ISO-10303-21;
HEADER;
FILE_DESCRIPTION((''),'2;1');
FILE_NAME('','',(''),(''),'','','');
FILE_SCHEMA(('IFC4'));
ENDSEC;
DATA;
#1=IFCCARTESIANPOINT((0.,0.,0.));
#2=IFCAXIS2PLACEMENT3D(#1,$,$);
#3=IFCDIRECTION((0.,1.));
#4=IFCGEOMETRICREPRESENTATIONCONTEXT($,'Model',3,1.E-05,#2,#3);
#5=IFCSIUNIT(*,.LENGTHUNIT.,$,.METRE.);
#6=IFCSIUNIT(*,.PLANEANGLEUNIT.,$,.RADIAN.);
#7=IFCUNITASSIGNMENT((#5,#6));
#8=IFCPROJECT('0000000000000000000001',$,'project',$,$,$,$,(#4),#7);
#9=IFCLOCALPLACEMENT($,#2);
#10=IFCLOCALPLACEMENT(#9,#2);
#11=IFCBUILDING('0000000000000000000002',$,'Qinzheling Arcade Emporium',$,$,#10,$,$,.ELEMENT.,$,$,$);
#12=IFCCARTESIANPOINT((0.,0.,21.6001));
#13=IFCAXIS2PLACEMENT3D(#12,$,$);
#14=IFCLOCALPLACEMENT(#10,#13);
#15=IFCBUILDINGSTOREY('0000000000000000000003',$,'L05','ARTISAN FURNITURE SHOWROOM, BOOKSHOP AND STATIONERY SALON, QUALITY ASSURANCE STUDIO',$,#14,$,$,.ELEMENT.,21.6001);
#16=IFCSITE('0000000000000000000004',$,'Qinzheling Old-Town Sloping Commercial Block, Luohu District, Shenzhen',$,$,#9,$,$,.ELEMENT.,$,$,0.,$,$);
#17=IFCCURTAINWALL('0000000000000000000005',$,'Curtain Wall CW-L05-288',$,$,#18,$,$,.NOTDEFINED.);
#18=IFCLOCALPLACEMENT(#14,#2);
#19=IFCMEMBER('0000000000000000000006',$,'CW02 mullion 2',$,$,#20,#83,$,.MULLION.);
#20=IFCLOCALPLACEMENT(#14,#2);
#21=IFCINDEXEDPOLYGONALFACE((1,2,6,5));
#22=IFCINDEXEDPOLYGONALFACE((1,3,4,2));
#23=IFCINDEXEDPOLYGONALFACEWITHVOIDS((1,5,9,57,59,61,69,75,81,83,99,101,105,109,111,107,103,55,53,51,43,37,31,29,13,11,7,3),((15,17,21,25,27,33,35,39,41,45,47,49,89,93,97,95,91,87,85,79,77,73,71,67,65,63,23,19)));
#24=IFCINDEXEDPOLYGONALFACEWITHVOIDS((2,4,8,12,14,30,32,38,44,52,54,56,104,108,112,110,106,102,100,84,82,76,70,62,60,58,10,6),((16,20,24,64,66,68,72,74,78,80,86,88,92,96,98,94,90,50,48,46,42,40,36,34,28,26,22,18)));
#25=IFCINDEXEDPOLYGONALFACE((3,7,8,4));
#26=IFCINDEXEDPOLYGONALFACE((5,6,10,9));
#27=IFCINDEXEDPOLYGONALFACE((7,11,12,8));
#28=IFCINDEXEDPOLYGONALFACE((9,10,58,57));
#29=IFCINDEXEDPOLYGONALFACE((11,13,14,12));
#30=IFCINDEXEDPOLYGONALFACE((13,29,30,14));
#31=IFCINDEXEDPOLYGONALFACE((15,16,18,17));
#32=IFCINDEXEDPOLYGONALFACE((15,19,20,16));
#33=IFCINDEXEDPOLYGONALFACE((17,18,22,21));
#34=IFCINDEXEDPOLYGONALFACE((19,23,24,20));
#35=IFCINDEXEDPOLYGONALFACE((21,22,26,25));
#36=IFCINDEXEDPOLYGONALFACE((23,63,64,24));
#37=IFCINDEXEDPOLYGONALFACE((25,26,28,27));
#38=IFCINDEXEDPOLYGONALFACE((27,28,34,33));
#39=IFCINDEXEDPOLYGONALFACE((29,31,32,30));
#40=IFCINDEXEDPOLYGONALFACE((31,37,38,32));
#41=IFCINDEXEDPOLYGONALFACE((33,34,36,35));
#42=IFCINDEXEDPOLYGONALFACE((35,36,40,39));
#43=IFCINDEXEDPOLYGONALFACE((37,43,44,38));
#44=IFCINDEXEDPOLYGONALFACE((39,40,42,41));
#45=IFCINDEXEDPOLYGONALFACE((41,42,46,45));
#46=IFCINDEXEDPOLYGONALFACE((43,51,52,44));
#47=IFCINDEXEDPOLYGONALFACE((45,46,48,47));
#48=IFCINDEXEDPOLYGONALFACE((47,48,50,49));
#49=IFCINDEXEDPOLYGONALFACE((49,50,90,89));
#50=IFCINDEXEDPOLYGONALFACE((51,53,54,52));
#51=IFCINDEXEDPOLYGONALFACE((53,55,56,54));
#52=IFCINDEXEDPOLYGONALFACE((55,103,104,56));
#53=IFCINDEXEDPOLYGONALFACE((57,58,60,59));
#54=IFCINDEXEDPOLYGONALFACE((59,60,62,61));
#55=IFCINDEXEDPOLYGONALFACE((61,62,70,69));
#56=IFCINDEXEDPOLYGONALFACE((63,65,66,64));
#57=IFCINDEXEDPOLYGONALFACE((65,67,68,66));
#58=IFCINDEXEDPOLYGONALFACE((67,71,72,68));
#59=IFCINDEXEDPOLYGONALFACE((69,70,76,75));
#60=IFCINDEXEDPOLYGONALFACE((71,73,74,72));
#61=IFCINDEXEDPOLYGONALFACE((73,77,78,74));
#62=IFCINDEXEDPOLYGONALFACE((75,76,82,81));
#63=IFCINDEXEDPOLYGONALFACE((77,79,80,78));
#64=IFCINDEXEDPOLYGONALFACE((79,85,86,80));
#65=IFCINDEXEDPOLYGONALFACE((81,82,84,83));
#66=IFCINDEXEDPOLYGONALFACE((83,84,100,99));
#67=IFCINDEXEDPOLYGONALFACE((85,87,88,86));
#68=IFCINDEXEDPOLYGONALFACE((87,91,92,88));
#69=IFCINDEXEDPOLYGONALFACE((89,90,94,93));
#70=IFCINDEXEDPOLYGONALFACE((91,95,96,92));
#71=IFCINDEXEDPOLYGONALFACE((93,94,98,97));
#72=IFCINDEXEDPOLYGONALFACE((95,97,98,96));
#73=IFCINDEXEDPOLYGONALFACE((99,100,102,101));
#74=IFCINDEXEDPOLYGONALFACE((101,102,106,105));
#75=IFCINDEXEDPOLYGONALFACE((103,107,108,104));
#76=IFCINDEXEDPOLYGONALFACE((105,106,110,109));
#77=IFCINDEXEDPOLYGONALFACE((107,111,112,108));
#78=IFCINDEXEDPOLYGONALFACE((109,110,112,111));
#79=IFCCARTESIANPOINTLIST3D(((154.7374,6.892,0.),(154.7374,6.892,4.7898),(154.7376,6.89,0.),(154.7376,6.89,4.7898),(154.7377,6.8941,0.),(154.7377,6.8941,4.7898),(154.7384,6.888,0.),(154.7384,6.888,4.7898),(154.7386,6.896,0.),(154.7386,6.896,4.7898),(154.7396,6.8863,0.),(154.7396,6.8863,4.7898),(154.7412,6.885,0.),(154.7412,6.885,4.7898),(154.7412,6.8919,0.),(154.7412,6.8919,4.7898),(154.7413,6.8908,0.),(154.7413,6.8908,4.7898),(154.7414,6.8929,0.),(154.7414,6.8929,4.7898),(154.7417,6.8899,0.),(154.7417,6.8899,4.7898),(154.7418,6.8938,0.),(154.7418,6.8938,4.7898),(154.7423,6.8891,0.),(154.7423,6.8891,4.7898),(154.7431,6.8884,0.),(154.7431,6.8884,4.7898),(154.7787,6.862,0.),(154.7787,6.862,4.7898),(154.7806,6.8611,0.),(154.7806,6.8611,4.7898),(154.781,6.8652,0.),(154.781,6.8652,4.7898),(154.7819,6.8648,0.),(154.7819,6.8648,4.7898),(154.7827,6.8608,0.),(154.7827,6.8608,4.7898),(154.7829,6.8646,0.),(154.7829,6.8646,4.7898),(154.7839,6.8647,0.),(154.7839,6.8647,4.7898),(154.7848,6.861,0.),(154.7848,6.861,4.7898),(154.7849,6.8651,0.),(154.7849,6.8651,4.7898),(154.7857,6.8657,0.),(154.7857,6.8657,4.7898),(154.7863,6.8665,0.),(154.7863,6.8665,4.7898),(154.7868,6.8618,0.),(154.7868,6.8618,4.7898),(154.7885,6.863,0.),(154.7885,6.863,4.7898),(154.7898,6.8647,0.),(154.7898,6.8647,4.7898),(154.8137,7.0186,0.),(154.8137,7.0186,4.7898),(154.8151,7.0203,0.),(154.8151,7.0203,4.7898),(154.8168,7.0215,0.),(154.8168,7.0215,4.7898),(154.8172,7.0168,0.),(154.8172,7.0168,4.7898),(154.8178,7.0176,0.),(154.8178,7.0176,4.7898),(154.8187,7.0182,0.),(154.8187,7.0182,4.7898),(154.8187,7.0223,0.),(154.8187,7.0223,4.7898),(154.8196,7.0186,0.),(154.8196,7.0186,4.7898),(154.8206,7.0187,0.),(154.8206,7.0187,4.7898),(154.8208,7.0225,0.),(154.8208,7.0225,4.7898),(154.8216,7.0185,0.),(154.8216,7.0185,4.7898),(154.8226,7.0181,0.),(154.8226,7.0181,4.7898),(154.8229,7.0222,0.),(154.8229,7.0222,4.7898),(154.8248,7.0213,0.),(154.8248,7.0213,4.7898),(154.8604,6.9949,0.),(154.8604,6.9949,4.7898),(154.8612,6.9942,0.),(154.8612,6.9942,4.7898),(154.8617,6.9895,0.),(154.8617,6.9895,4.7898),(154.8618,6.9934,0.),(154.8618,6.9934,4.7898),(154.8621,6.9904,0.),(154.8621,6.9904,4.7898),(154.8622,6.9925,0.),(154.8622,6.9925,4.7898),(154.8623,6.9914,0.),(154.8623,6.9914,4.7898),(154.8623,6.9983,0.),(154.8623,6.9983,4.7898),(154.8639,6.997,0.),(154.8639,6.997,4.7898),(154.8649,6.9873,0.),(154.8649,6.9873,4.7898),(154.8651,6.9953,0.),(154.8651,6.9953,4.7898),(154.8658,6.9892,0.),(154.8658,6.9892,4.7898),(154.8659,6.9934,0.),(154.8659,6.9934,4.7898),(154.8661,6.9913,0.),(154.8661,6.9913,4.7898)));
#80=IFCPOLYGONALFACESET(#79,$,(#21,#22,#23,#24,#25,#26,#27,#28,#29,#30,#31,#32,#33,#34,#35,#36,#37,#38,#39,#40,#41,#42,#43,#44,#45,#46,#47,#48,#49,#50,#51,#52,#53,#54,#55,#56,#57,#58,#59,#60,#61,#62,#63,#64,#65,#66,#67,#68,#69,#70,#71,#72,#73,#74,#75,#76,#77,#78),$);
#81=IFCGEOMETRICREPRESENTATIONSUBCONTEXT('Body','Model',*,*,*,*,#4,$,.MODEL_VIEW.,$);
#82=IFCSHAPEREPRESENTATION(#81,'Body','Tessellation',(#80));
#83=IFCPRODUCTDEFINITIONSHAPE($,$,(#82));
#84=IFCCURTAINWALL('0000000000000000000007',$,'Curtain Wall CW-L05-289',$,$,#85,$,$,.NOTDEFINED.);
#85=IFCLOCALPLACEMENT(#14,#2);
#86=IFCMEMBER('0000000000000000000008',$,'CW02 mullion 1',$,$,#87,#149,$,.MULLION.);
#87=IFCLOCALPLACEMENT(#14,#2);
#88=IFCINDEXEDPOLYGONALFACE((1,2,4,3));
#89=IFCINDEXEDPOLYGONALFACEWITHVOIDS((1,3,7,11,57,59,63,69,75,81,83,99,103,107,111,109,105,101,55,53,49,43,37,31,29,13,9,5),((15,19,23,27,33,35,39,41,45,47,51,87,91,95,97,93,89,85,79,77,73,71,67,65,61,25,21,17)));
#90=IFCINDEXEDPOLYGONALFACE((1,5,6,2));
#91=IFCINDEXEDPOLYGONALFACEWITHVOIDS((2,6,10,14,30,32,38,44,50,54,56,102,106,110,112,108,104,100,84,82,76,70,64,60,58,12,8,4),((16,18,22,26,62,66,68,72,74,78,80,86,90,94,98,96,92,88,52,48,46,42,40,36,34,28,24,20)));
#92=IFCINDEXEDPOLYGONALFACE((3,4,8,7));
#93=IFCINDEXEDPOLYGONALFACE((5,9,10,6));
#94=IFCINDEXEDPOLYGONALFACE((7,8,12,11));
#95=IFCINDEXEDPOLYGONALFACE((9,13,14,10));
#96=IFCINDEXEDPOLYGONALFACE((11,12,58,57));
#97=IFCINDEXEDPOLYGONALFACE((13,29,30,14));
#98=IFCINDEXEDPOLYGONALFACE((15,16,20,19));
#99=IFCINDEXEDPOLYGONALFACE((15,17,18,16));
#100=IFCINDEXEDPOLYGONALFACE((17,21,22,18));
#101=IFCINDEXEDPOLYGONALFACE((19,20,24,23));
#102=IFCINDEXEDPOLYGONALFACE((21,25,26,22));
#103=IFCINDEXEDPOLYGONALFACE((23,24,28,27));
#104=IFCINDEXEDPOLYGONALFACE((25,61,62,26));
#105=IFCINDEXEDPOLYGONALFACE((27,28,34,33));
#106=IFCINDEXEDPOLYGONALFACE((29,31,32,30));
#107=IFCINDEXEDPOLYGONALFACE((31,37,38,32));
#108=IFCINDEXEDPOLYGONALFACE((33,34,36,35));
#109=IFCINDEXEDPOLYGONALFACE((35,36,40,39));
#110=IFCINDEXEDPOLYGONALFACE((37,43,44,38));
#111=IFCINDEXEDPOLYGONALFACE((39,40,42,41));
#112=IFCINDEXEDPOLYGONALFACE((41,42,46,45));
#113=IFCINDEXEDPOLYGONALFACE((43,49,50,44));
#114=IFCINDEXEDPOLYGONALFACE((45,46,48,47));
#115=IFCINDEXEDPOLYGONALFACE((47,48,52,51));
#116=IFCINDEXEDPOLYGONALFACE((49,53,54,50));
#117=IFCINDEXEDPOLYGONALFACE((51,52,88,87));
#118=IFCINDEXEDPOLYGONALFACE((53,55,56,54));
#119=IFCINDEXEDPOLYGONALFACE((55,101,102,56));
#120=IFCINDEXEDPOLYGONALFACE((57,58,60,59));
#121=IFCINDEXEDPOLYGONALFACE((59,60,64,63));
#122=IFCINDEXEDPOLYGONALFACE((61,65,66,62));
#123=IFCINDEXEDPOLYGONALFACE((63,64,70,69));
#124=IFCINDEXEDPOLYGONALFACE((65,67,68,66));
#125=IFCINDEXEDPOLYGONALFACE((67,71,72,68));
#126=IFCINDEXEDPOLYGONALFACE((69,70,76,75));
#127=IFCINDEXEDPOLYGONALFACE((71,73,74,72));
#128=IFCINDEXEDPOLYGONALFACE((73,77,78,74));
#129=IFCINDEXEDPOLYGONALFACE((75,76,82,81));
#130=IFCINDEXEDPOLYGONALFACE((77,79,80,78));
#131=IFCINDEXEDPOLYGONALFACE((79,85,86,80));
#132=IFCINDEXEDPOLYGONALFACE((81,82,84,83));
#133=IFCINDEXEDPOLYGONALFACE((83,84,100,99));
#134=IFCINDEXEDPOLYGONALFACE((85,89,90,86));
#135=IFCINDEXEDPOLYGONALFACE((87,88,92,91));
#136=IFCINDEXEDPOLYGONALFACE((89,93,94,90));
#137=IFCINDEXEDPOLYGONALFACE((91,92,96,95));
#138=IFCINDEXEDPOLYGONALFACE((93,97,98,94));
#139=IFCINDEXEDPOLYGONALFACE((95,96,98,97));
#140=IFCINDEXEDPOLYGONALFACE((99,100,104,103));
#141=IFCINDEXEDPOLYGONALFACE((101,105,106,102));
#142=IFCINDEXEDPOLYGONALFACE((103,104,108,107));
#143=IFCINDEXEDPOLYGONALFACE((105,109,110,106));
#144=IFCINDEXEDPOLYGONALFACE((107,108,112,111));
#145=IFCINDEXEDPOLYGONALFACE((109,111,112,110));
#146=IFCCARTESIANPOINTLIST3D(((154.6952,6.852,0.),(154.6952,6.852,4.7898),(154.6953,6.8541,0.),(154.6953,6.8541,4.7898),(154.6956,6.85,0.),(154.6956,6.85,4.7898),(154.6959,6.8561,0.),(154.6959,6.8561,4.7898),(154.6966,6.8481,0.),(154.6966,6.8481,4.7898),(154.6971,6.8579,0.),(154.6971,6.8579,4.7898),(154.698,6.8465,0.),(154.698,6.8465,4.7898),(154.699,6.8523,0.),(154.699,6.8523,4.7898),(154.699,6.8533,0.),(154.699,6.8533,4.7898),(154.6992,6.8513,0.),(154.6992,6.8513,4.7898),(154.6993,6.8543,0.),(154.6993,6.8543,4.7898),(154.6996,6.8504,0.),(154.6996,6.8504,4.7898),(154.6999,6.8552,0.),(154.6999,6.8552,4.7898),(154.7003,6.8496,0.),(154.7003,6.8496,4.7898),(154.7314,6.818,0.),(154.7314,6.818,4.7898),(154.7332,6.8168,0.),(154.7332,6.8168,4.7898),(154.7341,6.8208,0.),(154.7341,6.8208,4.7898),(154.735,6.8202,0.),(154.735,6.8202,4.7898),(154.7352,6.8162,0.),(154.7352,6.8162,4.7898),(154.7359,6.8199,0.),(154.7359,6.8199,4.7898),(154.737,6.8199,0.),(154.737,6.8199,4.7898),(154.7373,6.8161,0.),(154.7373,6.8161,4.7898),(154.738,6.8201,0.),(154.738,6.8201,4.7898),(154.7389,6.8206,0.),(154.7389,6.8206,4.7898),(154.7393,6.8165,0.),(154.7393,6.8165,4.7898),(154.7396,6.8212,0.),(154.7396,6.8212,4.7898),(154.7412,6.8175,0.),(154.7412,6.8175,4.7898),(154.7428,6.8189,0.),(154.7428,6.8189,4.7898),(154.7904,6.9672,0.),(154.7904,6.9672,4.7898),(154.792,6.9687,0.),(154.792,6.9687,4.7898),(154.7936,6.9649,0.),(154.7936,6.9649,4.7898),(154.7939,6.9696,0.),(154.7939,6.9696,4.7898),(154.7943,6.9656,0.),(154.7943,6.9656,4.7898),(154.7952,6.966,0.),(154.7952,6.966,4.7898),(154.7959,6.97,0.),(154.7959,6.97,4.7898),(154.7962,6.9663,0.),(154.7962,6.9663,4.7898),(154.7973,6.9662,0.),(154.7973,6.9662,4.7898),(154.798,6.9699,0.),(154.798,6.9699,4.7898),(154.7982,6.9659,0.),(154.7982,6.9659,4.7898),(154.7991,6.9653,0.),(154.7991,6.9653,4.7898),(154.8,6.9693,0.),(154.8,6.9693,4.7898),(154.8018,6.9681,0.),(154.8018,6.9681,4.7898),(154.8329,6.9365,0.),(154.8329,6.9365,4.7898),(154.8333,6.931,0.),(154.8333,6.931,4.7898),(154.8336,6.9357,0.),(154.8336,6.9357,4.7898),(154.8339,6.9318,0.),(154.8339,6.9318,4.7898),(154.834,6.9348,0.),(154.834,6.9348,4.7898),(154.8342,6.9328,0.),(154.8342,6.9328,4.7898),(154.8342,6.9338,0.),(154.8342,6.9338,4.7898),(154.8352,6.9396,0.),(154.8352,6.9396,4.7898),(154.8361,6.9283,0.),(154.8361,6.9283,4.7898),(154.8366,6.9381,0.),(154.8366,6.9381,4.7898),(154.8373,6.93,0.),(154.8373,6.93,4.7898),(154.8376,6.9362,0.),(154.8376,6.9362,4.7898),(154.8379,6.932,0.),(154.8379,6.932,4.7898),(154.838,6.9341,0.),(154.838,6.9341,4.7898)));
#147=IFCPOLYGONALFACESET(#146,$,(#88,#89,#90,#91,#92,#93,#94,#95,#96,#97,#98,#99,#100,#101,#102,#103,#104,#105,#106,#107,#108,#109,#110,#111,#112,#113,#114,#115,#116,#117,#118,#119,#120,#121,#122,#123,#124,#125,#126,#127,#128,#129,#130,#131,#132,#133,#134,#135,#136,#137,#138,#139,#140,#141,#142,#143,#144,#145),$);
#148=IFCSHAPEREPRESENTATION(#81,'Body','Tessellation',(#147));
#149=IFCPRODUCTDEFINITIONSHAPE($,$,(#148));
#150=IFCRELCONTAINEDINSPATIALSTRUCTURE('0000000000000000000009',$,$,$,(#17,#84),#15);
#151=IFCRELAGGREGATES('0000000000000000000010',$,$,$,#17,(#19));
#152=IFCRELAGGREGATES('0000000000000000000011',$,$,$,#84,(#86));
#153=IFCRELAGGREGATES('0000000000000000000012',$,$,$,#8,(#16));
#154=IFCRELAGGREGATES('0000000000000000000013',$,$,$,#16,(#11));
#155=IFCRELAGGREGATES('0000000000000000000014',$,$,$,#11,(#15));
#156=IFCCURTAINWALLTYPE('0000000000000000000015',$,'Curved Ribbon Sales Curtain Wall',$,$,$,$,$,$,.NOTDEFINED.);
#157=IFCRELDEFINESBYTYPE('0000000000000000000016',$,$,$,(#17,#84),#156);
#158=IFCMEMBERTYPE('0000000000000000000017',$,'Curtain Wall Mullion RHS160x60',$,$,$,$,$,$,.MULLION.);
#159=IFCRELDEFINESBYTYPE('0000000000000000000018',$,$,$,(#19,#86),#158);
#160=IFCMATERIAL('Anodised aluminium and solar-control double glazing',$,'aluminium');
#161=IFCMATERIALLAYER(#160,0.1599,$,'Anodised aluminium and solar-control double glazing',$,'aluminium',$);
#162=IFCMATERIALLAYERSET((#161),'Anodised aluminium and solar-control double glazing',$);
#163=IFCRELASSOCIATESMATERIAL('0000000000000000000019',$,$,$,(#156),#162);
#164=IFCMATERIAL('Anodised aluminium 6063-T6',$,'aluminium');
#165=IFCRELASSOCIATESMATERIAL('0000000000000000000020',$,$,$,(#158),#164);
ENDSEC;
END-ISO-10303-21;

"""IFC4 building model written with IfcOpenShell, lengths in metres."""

from ifc_helpers import new_model, si_unit, direction, frame, origin, origin_2d, place, context, subcontext, project, spatial, hollow_rectangle, extrude, material, layer, layer_set, material_profile, profile_set, type_object, element, aggregate, save


model = new_model("IFC4")

# Units and contexts
model_context = context("Model", 3, precision=1e-05, world=origin(), true_north=direction((0.0, 1.0)))
body_context = subcontext(model_context, "Body", "Model", "MODEL_VIEW")
ifc_project = project(units=[si_unit("LENGTHUNIT", "METRE"), si_unit("PLANEANGLEUNIT", "RADIAN")], contexts=[model_context])

# Site, building, storey
site_placement = place(None, origin())
site = spatial("IfcSite", under=ifc_project, at=site_placement, Name="Qinzheling Old-Town Sloping Commercial Block, Luohu District, Shenzhen", CompositionType="ELEMENT", RefElevation=0.0)
building_placement = place(site_placement, origin())
building = spatial("IfcBuilding", under=site, at=building_placement, Name="Qinzheling Arcade Emporium", CompositionType="ELEMENT")
storey_placement = place(building_placement, frame((0.0, 0.0, 21.6001)))
storey = spatial("IfcBuildingStorey", under=building, at=storey_placement, Name="L05", Description="ARTISAN FURNITURE SHOWROOM, BOOKSHOP AND STATIONERY SALON, QUALITY ASSURANCE STUDIO", CompositionType="ELEMENT", Elevation=21.6001)

# Shared definitions
ifc_material_1 = material(Name="Anodised aluminium and solar-control double glazing", Category="aluminium")
ifc_layer_1 = layer(ifc_material_1, 0.1599, Name="Anodised aluminium and solar-control double glazing", Category="aluminium")
ifc_layer_set_1 = layer_set([ifc_layer_1], Name="Anodised aluminium and solar-control double glazing")
curtain_wall_type = type_object("IfcCurtainWallType", Name="Curved Ribbon Sales Curtain Wall", PredefinedType="NOTDEFINED", material=ifc_layer_set_1)
ifc_material_2 = material(Name="Anodised aluminium 6063-T6", Category="aluminium")
ifc_material_profile_1 = material_profile(ifc_material_2, hollow_rectangle(XDim=0.0601, YDim=0.1599, WallThickness=0.0039, InnerFilletRadius=0.0039, OuterFilletRadius=0.0081, at=origin_2d()), Name="RHS 160x60x4", Category="aluminium")
ifc_profile_set_1 = profile_set([ifc_material_profile_1], Name="Anodised aluminium 6063-T6")
member_type_1 = type_object("IfcMemberType", Name="Curtain Wall Mullion RHS160x60", PredefinedType="MULLION", material=ifc_profile_set_1)

# Curtain walls, members
curtain_wall_1_placement = place(storey_placement, origin())
curtain_wall_1 = element("IfcCurtainWall", 1, at=curtain_wall_1_placement, inside=storey, type_object=curtain_wall_type, Name="Curtain Wall CW-L05-288", PredefinedType="NOTDEFINED")
member_1_placement = place(storey_placement, frame((154.8018, 6.9417, 0.0), z_axis=(0.0, 0.0, 1.0), x_axis=(0.852601, -0.522562, 0.0)))
member_1 = element("IfcMember", 2, at=member_1_placement, type_object=member_type_1, Name="CW02 mullion 2", PredefinedType="MULLION", context=body_context, shape_type="SweptSolid", body=[
    extrude(hollow_rectangle(XDim=0.0601, YDim=0.1599, WallThickness=0.0039, InnerFilletRadius=0.0039, OuterFilletRadius=0.0081, at=origin_2d()), origin(), (0.0, 0.0, 1.0), 4.7898),
])
curtain_wall_2_placement = place(storey_placement, origin())
curtain_wall_2 = element("IfcCurtainWall", 3, at=curtain_wall_2_placement, inside=storey, type_object=curtain_wall_type, Name="Curtain Wall CW-L05-289", PredefinedType="NOTDEFINED")
member_2_placement = place(storey_placement, frame((154.7666, 6.8931, 0.0), z_axis=(0.0, 0.0, 1.0), x_axis=(0.760581, -0.649243, 0.0)))
member_2 = element("IfcMember", 4, at=member_2_placement, type_object=member_type_1, Name="CW02 mullion 1", PredefinedType="MULLION", context=body_context, shape_type="SweptSolid", body=[
    extrude(hollow_rectangle(XDim=0.0601, YDim=0.1599, WallThickness=0.0039, InnerFilletRadius=0.0039, OuterFilletRadius=0.0081, at=origin_2d()), origin(), (0.0, 0.0, 1.0), 4.7898),
])

aggregate(curtain_wall_1, [member_1])
aggregate(curtain_wall_2, [member_2])

save(model, "model.ifc")
